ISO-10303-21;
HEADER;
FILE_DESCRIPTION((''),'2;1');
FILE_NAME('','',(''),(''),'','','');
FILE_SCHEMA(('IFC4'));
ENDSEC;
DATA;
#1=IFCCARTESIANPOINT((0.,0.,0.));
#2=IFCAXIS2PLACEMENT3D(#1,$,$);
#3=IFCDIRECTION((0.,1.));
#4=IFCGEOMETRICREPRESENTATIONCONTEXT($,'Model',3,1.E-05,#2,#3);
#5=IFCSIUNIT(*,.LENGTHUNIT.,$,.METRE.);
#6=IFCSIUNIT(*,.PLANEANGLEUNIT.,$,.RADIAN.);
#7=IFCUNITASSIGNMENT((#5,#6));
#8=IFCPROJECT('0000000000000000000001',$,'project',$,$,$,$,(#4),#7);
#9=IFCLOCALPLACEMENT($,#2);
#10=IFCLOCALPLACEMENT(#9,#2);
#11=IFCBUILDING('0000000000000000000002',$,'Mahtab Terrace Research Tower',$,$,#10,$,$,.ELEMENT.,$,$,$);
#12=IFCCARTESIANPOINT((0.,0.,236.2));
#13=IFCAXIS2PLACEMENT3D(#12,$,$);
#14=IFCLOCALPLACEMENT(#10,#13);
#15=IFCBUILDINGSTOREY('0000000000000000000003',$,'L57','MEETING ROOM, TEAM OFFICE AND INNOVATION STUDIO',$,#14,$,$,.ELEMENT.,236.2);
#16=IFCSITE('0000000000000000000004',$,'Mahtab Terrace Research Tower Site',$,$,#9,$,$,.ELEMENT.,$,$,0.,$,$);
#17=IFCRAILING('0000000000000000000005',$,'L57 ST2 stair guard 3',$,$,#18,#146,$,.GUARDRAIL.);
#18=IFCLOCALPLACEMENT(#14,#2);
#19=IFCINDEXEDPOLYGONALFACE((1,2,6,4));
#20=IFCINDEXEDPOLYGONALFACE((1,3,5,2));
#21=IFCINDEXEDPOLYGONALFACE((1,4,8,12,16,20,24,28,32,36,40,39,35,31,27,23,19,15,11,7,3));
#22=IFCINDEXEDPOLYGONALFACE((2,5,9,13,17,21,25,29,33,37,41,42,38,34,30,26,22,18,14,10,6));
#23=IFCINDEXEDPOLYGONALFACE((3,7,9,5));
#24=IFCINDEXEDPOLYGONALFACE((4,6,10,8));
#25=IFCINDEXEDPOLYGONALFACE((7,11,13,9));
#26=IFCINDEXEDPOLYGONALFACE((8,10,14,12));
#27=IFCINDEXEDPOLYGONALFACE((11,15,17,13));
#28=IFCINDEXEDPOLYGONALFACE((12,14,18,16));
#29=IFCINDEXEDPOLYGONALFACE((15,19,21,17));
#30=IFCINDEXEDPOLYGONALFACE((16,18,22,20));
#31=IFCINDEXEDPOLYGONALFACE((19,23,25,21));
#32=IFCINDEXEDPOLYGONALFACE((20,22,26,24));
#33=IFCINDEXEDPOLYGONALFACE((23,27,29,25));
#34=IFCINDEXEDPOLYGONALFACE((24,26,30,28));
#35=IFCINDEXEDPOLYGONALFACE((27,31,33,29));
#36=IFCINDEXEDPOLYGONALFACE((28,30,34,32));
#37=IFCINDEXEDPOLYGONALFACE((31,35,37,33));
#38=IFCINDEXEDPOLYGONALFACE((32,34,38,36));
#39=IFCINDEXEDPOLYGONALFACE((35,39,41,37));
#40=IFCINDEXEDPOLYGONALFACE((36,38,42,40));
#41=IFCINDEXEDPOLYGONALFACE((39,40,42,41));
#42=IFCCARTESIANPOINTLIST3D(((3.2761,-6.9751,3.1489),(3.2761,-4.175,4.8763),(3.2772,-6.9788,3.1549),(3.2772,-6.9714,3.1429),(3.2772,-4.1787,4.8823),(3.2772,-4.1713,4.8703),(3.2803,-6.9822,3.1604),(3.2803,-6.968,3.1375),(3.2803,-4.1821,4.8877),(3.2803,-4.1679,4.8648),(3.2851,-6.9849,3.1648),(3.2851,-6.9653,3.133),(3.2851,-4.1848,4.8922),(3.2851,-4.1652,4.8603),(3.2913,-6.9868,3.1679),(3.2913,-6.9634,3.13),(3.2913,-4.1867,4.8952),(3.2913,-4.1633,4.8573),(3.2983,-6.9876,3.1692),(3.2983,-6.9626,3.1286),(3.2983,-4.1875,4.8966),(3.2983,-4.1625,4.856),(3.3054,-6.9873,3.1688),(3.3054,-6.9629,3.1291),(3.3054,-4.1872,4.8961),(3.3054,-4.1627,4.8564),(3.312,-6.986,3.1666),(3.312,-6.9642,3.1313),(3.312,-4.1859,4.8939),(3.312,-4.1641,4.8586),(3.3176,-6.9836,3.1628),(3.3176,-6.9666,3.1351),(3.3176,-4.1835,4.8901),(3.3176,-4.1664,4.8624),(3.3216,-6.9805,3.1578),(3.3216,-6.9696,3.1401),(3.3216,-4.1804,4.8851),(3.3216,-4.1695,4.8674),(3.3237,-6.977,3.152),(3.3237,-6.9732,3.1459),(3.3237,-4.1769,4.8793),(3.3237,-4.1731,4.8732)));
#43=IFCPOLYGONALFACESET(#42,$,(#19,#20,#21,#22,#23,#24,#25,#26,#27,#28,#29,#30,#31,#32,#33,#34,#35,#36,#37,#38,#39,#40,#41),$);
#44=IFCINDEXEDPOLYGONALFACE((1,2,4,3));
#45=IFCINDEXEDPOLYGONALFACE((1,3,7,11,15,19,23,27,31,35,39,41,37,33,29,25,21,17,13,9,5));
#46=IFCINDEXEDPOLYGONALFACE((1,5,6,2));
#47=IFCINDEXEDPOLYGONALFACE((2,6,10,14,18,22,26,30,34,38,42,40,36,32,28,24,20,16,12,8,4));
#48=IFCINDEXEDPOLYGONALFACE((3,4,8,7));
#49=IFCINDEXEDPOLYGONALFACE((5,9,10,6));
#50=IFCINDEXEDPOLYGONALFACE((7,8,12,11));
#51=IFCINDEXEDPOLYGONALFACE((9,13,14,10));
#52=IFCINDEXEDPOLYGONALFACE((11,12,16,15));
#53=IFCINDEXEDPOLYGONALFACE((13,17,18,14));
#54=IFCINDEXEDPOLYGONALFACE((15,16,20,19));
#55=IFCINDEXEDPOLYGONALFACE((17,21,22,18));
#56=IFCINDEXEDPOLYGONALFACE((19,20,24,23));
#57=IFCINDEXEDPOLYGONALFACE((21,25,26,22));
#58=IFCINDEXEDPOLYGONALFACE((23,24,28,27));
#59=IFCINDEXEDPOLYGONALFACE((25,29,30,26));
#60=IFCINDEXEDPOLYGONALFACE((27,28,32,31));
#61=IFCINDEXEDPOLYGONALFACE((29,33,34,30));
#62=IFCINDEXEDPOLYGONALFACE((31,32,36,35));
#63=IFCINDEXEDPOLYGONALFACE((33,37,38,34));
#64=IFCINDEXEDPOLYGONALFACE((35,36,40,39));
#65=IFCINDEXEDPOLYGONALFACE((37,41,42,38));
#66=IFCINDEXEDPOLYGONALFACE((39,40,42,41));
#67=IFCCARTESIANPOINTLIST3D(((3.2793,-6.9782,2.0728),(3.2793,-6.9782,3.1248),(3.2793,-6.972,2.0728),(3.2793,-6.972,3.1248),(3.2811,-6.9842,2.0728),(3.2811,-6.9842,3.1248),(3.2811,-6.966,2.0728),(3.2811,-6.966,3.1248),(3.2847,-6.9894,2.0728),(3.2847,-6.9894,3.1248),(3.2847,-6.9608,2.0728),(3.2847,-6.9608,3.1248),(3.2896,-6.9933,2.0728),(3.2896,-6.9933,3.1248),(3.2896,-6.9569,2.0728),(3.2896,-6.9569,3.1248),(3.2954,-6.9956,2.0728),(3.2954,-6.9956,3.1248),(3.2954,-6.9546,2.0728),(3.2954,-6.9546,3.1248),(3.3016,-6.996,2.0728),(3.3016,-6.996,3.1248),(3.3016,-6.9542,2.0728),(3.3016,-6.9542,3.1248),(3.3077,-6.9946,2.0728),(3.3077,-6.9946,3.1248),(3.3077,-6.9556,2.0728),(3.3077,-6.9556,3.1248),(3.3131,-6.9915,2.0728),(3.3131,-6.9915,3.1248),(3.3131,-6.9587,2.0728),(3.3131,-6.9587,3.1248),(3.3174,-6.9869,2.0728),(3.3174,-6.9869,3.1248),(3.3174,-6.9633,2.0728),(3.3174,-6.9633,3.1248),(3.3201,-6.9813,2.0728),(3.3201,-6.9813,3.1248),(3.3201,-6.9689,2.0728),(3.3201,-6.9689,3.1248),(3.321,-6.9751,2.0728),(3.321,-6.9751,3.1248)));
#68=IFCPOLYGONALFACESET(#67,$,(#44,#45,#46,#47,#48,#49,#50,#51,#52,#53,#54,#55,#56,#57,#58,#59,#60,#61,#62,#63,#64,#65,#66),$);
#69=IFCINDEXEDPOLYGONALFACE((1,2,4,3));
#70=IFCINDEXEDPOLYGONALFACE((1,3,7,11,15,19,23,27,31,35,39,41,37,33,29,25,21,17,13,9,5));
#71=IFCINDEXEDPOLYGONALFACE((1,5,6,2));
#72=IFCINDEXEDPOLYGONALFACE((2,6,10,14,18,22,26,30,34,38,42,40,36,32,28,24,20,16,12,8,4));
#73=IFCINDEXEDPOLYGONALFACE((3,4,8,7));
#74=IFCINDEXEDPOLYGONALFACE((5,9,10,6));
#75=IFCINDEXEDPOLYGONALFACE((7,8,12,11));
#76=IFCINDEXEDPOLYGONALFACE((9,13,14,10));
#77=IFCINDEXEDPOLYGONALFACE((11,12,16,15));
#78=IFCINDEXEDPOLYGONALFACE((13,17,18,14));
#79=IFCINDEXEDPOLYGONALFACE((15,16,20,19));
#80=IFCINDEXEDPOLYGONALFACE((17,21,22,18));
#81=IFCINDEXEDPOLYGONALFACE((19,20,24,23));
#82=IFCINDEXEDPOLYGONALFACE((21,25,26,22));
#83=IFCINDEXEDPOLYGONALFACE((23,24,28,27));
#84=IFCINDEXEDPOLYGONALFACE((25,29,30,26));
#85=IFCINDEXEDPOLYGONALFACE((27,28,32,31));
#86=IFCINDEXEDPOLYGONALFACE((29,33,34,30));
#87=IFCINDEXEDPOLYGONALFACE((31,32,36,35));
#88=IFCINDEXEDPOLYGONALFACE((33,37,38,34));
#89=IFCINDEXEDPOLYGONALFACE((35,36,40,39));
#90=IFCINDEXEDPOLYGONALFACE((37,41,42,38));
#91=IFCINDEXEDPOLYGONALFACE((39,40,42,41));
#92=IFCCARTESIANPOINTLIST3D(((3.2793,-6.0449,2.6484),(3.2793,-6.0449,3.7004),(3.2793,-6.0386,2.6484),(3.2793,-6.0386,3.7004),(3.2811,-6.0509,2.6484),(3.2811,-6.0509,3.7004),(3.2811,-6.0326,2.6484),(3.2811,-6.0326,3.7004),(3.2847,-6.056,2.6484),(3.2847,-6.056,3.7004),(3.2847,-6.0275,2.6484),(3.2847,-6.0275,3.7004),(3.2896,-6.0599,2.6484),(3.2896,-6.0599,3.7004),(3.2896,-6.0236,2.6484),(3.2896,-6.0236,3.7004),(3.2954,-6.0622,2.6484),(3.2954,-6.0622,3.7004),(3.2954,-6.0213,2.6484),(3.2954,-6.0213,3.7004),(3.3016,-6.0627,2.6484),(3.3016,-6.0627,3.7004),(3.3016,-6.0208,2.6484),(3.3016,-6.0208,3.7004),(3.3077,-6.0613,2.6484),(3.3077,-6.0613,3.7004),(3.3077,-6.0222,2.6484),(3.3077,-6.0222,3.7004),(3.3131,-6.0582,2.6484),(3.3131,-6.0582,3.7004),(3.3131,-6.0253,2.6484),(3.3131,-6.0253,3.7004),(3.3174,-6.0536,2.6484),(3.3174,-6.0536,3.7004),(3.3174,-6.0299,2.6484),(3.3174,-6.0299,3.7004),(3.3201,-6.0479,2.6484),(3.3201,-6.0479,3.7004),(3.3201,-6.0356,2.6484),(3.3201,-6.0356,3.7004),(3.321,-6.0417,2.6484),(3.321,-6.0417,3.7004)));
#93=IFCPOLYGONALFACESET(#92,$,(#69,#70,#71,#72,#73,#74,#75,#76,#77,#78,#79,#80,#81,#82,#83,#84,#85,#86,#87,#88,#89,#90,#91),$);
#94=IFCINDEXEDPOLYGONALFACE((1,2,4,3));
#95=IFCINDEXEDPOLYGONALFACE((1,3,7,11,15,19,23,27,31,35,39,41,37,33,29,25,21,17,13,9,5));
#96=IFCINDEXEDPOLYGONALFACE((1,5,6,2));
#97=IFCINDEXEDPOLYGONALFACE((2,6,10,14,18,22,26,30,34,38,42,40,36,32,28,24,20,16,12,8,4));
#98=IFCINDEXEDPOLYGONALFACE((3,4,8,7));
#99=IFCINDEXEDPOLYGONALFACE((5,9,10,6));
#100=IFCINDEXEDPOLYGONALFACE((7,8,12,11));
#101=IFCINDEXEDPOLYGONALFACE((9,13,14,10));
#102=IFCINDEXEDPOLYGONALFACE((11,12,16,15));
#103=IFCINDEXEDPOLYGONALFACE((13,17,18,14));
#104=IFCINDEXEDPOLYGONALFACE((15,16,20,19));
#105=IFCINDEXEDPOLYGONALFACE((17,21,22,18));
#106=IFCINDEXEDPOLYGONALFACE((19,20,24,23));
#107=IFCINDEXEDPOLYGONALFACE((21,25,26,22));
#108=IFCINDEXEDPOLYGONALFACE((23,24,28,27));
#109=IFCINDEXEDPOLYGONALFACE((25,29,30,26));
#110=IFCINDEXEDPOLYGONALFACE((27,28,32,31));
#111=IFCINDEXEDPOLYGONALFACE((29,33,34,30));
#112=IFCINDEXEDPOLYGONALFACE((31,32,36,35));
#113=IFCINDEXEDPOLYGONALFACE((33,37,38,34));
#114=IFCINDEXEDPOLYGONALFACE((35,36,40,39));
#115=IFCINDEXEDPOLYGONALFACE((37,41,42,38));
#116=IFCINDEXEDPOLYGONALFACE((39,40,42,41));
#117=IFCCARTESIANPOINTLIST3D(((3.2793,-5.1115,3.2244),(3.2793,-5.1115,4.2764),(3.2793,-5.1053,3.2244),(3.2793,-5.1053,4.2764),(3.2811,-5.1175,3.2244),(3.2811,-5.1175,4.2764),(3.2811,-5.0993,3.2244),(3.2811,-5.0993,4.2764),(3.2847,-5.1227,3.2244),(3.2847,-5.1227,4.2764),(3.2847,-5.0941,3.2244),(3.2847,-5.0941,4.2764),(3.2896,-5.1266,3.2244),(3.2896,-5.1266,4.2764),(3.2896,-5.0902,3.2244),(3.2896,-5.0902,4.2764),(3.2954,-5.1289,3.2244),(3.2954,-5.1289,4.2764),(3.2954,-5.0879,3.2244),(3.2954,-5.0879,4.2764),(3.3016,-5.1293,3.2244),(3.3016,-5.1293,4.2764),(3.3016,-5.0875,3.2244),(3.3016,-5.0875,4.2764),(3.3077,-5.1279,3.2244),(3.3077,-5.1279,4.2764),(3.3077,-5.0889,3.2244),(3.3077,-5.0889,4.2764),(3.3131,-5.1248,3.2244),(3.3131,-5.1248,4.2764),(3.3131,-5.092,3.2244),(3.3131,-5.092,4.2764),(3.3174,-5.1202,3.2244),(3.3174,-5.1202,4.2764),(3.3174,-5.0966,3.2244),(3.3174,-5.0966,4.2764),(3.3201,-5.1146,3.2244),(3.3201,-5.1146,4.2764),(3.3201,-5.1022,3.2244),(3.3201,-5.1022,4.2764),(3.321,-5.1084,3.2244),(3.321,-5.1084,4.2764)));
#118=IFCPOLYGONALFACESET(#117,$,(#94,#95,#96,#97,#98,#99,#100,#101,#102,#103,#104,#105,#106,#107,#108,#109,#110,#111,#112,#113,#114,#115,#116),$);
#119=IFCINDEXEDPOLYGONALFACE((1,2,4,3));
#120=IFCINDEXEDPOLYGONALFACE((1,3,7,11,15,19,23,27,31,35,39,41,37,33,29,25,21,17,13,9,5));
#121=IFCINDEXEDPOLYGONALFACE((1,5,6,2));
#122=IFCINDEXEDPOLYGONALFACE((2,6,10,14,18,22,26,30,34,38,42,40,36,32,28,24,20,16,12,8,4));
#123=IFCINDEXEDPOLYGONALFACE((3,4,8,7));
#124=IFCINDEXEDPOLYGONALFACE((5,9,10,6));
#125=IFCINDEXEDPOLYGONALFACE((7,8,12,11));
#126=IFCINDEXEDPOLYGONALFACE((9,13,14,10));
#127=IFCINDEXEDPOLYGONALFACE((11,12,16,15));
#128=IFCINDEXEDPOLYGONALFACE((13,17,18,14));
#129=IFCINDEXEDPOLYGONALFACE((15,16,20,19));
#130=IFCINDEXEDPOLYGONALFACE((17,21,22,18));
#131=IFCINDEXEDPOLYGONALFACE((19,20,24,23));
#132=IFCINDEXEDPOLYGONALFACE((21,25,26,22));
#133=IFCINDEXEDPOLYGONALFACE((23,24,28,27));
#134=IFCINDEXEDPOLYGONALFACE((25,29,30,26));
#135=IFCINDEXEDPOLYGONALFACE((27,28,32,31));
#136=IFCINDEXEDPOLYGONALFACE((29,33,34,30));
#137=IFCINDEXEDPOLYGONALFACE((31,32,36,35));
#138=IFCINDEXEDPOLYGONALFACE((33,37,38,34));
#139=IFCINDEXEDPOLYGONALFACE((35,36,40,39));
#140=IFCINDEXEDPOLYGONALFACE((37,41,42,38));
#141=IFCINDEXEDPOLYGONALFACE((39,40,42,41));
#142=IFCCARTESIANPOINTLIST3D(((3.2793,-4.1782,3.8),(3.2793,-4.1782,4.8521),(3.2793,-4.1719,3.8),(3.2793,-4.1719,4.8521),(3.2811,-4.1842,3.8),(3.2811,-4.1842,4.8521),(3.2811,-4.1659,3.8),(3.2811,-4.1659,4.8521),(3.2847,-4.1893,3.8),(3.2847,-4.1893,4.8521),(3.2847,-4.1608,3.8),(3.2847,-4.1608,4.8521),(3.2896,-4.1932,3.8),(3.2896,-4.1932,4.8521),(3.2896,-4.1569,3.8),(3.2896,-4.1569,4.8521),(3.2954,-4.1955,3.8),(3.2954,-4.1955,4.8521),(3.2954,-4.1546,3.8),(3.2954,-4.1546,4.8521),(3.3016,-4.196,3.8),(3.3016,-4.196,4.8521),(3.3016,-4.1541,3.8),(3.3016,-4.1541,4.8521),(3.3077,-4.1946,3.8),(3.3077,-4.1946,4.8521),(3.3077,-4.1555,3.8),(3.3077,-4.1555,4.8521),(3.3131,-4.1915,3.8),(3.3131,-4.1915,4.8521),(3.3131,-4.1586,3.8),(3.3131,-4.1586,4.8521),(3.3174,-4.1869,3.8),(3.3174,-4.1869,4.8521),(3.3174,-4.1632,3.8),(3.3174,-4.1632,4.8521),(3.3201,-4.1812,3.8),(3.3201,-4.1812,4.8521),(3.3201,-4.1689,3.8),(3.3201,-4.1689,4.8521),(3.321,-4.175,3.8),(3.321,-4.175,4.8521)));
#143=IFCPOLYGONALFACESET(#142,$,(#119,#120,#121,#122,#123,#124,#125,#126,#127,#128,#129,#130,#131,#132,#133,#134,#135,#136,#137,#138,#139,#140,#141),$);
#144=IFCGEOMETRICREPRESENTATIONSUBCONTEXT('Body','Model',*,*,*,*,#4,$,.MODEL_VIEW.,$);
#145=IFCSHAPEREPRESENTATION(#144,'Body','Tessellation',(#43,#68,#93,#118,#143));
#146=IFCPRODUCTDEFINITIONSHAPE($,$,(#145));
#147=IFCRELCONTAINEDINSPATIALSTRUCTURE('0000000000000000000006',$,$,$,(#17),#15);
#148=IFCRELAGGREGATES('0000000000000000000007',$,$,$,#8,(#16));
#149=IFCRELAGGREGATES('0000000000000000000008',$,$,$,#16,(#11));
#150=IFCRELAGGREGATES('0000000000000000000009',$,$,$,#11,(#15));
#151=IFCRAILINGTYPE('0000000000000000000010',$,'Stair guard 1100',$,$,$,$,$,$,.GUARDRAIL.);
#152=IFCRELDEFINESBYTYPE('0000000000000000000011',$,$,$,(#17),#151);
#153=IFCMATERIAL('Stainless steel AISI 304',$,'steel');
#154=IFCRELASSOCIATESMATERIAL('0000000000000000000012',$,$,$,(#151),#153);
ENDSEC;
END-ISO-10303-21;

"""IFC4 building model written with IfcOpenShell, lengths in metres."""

from ifc_helpers import new_model, si_unit, direction, frame, origin, origin_2d, place, context, subcontext, project, spatial, circle, extrude, material, type_object, element, save


model = new_model("IFC4")

# Units and contexts
model_context = context("Model", 3, precision=1e-05, world=origin(), true_north=direction((0.0, 1.0)))
body_context = subcontext(model_context, "Body", "Model", "MODEL_VIEW")
ifc_project = project(units=[si_unit("LENGTHUNIT", "METRE"), si_unit("PLANEANGLEUNIT", "RADIAN")], contexts=[model_context])

# Site, building, storey
site_placement = place(None, origin())
site = spatial("IfcSite", under=ifc_project, at=site_placement, Name="Mahtab Terrace Research Tower Site", CompositionType="ELEMENT", RefElevation=0.0)
building_placement = place(site_placement, origin())
building = spatial("IfcBuilding", under=site, at=building_placement, Name="Mahtab Terrace Research Tower", CompositionType="ELEMENT")
storey_placement = place(building_placement, frame((0.0, 0.0, 236.2)))
storey = spatial("IfcBuildingStorey", under=building, at=storey_placement, Name="L57", Description="MEETING ROOM, TEAM OFFICE AND INNOVATION STUDIO", CompositionType="ELEMENT", Elevation=236.2)

# Railing
ifc_material_1 = material(Name="Stainless steel AISI 304", Category="steel")
railing_type_1 = type_object("IfcRailingType", Name="Stair guard 1100", PredefinedType="GUARDRAIL", material=ifc_material_1)
railing_1_placement = place(storey_placement, frame((3.3, -6.9751, 2.0728)))
element("IfcRailing", 1, at=railing_1_placement, inside=storey, type_object=railing_type_1, Name="L57 ST2 stair guard 3", PredefinedType="GUARDRAIL", context=body_context, shape_type="SweptSolid", body=[
    extrude(circle(Radius=0.0239, at=origin_2d()), frame((0.0, 0.0, 1.0762), z_axis=(0.0, 0.85109, 0.52502), x_axis=(-1.0, 0.0, 0.0)), (0.0, 0.0, 1.0), 3.29),
    extrude(circle(Radius=0.021, at=origin_2d()), origin(), (0.0, 0.0, 1.0), 1.052),
    extrude(circle(Radius=0.021, at=origin_2d()), frame((0.0, 0.9333, 0.5757)), (0.0, 0.0, 1.0), 1.052),
    extrude(circle(Radius=0.021, at=origin_2d()), frame((0.0, 1.8667, 1.1516)), (0.0, 0.0, 1.0), 1.052),
    extrude(circle(Radius=0.021, at=origin_2d()), frame((0.0, 2.8, 1.7273)), (0.0, 0.0, 1.0), 1.052),
])

save(model, "model.ifc")
